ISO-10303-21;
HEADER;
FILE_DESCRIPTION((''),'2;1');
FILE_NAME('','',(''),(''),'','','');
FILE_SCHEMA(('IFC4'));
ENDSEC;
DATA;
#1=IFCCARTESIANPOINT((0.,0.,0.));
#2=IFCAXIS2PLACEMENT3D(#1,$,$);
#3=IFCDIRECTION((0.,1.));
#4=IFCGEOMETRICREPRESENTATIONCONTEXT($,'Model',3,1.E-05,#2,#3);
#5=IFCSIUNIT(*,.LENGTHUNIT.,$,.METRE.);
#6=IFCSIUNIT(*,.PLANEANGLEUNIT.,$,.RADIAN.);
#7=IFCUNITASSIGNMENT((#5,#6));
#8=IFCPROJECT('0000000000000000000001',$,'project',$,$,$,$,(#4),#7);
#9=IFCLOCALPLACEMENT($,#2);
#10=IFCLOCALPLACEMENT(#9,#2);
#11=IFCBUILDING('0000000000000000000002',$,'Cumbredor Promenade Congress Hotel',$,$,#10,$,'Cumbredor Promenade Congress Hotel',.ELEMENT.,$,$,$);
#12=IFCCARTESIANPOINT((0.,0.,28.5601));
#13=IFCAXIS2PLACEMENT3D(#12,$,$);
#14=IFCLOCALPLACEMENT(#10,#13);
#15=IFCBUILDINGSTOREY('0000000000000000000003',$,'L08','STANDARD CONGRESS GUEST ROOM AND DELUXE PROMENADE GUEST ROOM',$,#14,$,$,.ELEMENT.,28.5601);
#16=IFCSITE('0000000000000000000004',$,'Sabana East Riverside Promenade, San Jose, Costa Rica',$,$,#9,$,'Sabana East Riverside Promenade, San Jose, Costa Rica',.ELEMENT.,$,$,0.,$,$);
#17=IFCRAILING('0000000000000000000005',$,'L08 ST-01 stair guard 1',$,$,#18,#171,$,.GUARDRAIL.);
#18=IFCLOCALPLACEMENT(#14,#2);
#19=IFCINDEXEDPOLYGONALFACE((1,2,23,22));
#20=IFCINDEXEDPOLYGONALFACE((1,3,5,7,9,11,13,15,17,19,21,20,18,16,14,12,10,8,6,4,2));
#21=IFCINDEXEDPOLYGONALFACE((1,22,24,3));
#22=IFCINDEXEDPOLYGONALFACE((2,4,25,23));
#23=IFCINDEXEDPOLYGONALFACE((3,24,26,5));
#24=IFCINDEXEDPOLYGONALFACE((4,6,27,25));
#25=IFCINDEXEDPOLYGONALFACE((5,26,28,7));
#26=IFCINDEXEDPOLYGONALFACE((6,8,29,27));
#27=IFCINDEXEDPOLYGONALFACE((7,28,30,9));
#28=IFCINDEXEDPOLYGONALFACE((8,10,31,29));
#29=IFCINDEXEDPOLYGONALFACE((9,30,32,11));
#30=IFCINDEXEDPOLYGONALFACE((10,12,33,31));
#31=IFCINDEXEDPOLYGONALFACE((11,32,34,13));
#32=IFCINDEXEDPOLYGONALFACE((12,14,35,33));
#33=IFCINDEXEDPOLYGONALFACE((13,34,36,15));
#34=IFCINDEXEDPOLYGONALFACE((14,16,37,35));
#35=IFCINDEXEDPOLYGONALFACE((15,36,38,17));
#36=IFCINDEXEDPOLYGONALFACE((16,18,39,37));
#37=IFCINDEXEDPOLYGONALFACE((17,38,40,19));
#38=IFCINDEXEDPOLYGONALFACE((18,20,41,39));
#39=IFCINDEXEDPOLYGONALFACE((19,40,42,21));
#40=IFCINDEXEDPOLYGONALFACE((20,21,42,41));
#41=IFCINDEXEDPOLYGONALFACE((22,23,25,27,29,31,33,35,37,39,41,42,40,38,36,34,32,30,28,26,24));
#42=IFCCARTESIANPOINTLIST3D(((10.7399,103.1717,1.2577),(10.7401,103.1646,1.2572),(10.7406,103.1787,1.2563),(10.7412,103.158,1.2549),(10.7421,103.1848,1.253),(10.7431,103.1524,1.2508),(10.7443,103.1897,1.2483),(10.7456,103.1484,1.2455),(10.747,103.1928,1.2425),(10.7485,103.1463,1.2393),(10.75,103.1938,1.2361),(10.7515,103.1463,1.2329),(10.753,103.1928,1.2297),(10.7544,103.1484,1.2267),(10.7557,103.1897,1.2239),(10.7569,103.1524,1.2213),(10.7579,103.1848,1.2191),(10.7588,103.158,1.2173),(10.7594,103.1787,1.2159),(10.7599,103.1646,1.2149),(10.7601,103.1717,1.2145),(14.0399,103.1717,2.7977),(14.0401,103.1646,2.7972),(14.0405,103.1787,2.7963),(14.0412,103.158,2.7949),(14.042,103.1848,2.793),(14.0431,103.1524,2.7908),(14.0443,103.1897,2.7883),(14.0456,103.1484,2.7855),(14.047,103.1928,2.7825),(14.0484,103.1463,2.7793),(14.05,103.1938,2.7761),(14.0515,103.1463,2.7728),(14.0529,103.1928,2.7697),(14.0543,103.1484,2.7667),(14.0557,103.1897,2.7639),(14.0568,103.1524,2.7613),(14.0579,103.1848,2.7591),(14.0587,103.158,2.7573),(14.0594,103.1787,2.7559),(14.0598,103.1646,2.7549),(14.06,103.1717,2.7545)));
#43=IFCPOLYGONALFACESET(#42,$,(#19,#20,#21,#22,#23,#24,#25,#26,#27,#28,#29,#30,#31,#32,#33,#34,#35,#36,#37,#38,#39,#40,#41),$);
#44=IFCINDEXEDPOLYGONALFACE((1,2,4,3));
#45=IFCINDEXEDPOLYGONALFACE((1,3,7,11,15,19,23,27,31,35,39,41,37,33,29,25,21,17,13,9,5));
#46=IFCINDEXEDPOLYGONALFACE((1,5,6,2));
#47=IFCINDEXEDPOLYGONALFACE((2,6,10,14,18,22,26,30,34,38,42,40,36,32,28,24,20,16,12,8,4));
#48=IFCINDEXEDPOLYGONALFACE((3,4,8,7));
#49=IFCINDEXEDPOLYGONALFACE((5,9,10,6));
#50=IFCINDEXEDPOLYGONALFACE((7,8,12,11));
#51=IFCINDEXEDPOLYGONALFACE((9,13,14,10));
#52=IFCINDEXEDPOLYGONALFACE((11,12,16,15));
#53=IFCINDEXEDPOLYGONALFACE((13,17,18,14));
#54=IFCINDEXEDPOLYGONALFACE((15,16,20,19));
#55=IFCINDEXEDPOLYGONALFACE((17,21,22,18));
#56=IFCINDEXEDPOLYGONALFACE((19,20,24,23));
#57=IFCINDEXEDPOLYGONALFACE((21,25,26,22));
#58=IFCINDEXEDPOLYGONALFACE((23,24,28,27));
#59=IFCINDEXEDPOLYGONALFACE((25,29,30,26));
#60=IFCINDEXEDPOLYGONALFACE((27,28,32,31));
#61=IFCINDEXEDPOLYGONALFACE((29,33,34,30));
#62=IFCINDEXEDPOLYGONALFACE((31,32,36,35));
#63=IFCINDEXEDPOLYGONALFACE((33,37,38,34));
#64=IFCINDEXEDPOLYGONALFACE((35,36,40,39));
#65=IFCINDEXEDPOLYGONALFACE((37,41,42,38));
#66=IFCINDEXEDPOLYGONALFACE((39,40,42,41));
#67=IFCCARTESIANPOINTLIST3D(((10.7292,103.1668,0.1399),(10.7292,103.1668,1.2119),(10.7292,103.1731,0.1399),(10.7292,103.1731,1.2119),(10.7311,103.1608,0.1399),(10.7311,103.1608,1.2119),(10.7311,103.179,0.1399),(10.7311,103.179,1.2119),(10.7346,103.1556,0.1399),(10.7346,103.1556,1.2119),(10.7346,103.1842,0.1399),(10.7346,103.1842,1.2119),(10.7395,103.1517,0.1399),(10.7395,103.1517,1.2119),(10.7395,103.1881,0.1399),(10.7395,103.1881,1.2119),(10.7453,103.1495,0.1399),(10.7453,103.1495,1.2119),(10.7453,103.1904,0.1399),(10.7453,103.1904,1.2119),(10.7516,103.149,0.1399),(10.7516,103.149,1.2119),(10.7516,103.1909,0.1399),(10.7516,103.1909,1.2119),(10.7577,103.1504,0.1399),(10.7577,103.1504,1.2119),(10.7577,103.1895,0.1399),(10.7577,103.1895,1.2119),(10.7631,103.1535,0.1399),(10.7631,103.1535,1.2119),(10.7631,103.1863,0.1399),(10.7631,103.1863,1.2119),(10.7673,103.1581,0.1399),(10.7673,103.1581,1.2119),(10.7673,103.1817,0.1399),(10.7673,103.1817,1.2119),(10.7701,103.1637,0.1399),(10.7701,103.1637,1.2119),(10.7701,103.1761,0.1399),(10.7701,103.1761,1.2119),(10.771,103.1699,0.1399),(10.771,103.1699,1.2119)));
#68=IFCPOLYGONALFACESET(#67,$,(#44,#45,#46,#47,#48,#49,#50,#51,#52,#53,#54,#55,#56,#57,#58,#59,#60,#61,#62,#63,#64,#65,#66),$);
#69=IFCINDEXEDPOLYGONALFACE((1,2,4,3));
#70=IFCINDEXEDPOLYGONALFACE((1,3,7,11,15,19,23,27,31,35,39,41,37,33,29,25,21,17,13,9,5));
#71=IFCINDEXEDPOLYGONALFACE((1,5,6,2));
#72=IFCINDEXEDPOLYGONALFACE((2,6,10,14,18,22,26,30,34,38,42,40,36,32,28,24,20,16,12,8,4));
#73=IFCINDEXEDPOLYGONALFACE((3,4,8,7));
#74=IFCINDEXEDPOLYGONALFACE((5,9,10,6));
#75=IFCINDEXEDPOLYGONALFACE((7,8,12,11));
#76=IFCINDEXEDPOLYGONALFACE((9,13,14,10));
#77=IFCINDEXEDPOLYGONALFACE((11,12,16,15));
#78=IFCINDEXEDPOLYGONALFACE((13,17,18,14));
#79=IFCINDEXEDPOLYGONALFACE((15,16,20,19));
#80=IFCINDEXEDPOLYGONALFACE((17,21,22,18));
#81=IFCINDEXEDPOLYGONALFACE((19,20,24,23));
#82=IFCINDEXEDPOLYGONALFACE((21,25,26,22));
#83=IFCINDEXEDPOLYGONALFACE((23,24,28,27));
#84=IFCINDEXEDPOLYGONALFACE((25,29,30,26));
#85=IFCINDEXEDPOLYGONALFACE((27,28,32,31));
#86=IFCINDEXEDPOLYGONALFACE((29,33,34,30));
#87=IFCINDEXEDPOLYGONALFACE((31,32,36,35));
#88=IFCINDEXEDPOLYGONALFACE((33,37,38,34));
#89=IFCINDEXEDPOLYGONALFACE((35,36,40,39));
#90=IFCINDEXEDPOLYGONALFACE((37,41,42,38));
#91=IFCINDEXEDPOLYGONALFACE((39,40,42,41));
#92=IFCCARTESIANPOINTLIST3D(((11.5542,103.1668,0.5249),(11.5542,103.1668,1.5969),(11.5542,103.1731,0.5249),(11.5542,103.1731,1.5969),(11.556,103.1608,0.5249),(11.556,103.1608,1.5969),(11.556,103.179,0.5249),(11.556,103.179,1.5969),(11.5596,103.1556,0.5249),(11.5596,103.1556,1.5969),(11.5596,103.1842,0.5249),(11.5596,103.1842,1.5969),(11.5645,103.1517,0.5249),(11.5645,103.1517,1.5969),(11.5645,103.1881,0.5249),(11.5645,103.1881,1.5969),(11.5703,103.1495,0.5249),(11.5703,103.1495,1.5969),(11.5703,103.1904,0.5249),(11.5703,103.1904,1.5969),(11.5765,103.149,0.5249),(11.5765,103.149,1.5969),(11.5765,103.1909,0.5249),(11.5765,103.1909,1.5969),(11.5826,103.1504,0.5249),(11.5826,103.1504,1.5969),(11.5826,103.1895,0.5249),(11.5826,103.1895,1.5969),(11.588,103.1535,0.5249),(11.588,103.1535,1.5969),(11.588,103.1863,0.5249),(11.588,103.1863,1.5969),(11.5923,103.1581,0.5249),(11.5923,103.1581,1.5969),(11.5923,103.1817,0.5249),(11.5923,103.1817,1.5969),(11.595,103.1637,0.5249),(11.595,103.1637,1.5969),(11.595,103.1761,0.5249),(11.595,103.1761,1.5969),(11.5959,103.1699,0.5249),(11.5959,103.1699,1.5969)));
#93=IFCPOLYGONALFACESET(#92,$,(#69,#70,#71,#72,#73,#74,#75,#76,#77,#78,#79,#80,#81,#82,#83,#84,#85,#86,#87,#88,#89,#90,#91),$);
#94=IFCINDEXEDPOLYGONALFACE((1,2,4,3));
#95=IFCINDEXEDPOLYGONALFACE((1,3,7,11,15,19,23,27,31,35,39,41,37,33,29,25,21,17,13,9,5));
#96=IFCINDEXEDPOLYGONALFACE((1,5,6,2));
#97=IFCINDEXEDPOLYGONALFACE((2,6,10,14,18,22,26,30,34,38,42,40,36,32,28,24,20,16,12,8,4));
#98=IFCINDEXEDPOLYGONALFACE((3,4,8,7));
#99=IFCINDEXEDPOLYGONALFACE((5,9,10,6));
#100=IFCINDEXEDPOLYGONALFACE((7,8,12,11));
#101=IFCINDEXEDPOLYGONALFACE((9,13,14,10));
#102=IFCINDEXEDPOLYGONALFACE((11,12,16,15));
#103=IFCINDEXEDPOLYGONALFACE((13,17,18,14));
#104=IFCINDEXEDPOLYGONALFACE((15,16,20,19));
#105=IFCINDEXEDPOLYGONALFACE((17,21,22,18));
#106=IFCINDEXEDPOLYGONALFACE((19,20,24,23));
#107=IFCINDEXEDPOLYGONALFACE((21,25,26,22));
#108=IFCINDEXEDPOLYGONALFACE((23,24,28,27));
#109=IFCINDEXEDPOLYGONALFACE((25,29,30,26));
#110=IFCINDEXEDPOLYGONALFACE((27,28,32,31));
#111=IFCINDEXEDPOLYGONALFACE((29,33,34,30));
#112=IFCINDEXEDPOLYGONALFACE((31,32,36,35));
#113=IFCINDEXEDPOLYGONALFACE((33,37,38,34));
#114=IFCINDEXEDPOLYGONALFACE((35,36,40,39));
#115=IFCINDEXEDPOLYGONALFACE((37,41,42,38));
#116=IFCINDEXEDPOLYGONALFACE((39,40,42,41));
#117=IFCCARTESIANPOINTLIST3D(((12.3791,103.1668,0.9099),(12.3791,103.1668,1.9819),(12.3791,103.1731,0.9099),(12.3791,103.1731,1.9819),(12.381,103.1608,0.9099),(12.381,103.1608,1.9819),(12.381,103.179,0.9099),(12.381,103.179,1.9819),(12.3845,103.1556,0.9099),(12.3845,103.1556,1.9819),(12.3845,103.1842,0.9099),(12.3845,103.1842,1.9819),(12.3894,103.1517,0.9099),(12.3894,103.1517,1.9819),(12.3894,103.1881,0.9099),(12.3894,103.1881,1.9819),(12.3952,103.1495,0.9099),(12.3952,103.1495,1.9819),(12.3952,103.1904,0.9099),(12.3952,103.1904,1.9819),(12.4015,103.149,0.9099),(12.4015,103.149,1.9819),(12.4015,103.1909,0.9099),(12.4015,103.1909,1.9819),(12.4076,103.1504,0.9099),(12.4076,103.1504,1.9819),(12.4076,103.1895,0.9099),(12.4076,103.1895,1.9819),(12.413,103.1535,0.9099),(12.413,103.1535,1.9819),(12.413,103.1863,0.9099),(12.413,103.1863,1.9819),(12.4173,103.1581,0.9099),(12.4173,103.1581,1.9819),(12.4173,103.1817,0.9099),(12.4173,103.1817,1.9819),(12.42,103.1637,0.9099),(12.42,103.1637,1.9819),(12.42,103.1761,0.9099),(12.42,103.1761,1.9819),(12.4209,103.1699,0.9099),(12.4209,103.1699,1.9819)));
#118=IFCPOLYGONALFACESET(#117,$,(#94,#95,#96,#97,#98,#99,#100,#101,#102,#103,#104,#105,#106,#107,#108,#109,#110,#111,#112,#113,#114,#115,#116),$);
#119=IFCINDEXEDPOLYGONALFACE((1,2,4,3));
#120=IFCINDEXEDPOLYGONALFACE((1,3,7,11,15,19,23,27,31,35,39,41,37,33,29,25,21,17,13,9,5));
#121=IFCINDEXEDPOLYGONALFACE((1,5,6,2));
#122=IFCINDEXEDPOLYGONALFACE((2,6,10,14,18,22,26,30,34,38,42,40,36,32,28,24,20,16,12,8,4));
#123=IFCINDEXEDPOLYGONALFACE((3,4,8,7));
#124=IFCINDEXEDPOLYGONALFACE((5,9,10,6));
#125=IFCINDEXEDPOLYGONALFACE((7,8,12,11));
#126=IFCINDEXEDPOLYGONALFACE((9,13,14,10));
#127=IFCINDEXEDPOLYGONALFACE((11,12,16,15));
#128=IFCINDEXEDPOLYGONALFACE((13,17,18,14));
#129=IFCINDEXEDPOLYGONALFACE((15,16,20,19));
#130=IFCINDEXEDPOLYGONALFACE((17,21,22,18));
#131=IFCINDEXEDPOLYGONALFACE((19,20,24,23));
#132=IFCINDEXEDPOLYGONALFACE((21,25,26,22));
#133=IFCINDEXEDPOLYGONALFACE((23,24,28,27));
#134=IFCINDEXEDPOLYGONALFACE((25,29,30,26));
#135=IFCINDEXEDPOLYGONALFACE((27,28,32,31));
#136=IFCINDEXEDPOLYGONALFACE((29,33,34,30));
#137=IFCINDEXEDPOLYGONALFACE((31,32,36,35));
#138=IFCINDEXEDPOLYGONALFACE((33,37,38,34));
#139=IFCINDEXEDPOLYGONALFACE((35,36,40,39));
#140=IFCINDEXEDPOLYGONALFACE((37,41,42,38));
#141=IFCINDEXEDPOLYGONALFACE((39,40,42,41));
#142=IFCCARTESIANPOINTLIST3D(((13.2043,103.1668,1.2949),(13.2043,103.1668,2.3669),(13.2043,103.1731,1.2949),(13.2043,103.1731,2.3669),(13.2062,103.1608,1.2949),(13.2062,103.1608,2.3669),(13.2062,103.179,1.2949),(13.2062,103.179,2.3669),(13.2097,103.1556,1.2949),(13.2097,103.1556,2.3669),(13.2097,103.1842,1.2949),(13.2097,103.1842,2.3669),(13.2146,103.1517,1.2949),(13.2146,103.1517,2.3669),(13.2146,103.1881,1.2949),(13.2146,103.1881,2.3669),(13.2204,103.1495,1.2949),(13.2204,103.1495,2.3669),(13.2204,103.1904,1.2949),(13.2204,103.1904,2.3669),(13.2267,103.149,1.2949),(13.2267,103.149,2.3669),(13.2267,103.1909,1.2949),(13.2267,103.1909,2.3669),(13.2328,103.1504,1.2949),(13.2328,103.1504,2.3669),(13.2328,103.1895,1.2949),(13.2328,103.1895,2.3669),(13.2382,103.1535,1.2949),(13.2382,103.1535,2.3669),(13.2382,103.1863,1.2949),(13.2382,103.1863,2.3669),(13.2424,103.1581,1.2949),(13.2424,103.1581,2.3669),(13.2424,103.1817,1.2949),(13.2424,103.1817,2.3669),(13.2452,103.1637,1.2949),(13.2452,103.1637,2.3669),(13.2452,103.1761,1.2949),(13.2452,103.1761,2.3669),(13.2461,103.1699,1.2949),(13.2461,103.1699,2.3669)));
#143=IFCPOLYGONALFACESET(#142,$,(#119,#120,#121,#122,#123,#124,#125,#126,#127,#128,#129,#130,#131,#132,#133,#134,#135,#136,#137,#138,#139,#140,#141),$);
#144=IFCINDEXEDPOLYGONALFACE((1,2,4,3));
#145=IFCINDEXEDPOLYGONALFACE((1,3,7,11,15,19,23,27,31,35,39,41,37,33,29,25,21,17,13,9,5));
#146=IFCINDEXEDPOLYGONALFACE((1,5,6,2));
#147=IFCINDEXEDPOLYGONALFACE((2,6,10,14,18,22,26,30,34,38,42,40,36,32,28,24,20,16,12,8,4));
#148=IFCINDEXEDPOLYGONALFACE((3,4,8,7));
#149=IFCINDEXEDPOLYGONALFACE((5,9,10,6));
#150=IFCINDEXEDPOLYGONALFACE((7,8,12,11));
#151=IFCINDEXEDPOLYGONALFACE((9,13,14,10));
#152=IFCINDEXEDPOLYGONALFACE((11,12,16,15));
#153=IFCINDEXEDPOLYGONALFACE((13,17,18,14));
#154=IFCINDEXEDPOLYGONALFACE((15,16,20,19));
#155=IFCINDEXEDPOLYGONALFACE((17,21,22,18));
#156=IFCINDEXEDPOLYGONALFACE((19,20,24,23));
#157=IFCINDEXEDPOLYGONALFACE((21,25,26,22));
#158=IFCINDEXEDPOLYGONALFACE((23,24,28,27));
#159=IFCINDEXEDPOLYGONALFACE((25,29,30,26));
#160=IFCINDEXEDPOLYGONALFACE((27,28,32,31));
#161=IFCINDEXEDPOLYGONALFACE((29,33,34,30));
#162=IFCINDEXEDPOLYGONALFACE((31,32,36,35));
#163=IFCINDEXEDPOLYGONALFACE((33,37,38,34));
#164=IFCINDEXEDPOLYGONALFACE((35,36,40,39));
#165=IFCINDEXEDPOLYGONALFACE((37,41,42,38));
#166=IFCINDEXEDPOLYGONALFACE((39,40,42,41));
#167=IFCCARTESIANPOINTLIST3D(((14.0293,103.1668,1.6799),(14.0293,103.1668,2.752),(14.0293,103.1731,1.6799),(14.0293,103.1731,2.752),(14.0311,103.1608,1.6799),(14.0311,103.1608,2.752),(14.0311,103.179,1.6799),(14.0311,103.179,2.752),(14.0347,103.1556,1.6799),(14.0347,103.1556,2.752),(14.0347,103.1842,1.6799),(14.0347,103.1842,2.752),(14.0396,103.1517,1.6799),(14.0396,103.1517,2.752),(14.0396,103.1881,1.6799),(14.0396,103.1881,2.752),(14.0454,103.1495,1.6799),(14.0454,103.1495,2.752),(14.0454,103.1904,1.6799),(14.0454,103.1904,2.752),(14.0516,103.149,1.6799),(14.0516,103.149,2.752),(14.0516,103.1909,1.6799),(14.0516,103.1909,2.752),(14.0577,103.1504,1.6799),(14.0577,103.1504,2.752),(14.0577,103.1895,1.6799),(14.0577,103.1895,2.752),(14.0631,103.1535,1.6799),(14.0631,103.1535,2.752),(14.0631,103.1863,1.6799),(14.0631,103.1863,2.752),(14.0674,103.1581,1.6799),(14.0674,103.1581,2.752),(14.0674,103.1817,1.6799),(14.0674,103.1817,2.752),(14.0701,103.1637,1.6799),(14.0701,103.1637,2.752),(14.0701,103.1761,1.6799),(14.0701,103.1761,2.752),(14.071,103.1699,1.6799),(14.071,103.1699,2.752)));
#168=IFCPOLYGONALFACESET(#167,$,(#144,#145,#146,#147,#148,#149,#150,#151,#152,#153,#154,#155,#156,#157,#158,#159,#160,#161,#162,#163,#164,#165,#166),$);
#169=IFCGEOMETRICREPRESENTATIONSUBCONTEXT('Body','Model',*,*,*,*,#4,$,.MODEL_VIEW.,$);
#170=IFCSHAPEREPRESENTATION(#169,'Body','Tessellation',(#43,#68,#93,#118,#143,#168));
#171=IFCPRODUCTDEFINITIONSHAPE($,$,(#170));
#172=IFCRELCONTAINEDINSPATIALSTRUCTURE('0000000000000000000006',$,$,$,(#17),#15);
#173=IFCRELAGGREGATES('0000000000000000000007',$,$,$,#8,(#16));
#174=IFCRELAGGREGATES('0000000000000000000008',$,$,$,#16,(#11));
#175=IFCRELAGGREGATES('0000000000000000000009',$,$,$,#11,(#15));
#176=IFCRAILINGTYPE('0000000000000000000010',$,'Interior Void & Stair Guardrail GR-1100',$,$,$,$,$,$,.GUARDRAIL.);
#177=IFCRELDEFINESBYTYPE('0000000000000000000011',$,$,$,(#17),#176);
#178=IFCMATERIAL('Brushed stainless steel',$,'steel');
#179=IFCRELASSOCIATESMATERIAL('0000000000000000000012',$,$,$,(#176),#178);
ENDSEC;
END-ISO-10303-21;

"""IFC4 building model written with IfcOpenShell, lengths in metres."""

from ifc_helpers import new_model, si_unit, direction, frame, origin, origin_2d, place, context, subcontext, project, spatial, circle, extrude, material, type_object, element, save


model = new_model("IFC4")

# Units and contexts
model_context = context("Model", 3, precision=1e-05, world=origin(), true_north=direction((0.0, 1.0)))
body_context = subcontext(model_context, "Body", "Model", "MODEL_VIEW")
ifc_project = project(units=[si_unit("LENGTHUNIT", "METRE"), si_unit("PLANEANGLEUNIT", "RADIAN")], contexts=[model_context])

# Site, building, storey
site_placement = place(None, origin())
site = spatial("IfcSite", under=ifc_project, at=site_placement, Name="Sabana East Riverside Promenade, San Jose, Costa Rica", LongName="Sabana East Riverside Promenade, San Jose, Costa Rica", CompositionType="ELEMENT", RefElevation=0.0)
building_placement = place(site_placement, origin())
building = spatial("IfcBuilding", under=site, at=building_placement, Name="Cumbredor Promenade Congress Hotel", LongName="Cumbredor Promenade Congress Hotel", CompositionType="ELEMENT")
storey_placement = place(building_placement, frame((0.0, 0.0, 28.5601)))
storey = spatial("IfcBuildingStorey", under=building, at=storey_placement, Name="L08", Description="STANDARD CONGRESS GUEST ROOM AND DELUXE PROMENADE GUEST ROOM", CompositionType="ELEMENT", Elevation=28.5601)

# Railing
ifc_material_1 = material(Name="Brushed stainless steel", Category="steel")
railing_type_1 = type_object("IfcRailingType", Name="Interior Void & Stair Guardrail GR-1100", PredefinedType="GUARDRAIL", material=ifc_material_1)
railing_1_placement = place(storey_placement, frame((10.75, 103.1699, 0.1399)))
element("IfcRailing", 1, at=railing_1_placement, inside=storey, type_object=railing_type_1, Name="L08 ST-01 stair guard 1", PredefinedType="GUARDRAIL", context=body_context, shape_type="SweptSolid", body=[
    extrude(circle(Radius=0.0239, at=origin_2d()), frame((0.0, 0.0, 1.0962), z_axis=(0.906181, 0.0, 0.422889), x_axis=(0.0, 1.0, 0.0)), (0.0, 0.0, 1.0), 3.6416),
    extrude(circle(Radius=0.021, at=origin_2d()), origin(), (0.0, 0.0, 1.0), 1.072),
    extrude(circle(Radius=0.021, at=origin_2d()), frame((0.825, 0.0, 0.385)), (0.0, 0.0, 1.0), 1.072),
    extrude(circle(Radius=0.021, at=origin_2d()), frame((1.6499, 0.0, 0.77)), (0.0, 0.0, 1.0), 1.072),
    extrude(circle(Radius=0.021, at=origin_2d()), frame((2.4751, 0.0, 1.155)), (0.0, 0.0, 1.0), 1.072),
    extrude(circle(Radius=0.021, at=origin_2d()), frame((3.3, 0.0, 1.54)), (0.0, 0.0, 1.0), 1.072),
])

save(model, "model.ifc")
